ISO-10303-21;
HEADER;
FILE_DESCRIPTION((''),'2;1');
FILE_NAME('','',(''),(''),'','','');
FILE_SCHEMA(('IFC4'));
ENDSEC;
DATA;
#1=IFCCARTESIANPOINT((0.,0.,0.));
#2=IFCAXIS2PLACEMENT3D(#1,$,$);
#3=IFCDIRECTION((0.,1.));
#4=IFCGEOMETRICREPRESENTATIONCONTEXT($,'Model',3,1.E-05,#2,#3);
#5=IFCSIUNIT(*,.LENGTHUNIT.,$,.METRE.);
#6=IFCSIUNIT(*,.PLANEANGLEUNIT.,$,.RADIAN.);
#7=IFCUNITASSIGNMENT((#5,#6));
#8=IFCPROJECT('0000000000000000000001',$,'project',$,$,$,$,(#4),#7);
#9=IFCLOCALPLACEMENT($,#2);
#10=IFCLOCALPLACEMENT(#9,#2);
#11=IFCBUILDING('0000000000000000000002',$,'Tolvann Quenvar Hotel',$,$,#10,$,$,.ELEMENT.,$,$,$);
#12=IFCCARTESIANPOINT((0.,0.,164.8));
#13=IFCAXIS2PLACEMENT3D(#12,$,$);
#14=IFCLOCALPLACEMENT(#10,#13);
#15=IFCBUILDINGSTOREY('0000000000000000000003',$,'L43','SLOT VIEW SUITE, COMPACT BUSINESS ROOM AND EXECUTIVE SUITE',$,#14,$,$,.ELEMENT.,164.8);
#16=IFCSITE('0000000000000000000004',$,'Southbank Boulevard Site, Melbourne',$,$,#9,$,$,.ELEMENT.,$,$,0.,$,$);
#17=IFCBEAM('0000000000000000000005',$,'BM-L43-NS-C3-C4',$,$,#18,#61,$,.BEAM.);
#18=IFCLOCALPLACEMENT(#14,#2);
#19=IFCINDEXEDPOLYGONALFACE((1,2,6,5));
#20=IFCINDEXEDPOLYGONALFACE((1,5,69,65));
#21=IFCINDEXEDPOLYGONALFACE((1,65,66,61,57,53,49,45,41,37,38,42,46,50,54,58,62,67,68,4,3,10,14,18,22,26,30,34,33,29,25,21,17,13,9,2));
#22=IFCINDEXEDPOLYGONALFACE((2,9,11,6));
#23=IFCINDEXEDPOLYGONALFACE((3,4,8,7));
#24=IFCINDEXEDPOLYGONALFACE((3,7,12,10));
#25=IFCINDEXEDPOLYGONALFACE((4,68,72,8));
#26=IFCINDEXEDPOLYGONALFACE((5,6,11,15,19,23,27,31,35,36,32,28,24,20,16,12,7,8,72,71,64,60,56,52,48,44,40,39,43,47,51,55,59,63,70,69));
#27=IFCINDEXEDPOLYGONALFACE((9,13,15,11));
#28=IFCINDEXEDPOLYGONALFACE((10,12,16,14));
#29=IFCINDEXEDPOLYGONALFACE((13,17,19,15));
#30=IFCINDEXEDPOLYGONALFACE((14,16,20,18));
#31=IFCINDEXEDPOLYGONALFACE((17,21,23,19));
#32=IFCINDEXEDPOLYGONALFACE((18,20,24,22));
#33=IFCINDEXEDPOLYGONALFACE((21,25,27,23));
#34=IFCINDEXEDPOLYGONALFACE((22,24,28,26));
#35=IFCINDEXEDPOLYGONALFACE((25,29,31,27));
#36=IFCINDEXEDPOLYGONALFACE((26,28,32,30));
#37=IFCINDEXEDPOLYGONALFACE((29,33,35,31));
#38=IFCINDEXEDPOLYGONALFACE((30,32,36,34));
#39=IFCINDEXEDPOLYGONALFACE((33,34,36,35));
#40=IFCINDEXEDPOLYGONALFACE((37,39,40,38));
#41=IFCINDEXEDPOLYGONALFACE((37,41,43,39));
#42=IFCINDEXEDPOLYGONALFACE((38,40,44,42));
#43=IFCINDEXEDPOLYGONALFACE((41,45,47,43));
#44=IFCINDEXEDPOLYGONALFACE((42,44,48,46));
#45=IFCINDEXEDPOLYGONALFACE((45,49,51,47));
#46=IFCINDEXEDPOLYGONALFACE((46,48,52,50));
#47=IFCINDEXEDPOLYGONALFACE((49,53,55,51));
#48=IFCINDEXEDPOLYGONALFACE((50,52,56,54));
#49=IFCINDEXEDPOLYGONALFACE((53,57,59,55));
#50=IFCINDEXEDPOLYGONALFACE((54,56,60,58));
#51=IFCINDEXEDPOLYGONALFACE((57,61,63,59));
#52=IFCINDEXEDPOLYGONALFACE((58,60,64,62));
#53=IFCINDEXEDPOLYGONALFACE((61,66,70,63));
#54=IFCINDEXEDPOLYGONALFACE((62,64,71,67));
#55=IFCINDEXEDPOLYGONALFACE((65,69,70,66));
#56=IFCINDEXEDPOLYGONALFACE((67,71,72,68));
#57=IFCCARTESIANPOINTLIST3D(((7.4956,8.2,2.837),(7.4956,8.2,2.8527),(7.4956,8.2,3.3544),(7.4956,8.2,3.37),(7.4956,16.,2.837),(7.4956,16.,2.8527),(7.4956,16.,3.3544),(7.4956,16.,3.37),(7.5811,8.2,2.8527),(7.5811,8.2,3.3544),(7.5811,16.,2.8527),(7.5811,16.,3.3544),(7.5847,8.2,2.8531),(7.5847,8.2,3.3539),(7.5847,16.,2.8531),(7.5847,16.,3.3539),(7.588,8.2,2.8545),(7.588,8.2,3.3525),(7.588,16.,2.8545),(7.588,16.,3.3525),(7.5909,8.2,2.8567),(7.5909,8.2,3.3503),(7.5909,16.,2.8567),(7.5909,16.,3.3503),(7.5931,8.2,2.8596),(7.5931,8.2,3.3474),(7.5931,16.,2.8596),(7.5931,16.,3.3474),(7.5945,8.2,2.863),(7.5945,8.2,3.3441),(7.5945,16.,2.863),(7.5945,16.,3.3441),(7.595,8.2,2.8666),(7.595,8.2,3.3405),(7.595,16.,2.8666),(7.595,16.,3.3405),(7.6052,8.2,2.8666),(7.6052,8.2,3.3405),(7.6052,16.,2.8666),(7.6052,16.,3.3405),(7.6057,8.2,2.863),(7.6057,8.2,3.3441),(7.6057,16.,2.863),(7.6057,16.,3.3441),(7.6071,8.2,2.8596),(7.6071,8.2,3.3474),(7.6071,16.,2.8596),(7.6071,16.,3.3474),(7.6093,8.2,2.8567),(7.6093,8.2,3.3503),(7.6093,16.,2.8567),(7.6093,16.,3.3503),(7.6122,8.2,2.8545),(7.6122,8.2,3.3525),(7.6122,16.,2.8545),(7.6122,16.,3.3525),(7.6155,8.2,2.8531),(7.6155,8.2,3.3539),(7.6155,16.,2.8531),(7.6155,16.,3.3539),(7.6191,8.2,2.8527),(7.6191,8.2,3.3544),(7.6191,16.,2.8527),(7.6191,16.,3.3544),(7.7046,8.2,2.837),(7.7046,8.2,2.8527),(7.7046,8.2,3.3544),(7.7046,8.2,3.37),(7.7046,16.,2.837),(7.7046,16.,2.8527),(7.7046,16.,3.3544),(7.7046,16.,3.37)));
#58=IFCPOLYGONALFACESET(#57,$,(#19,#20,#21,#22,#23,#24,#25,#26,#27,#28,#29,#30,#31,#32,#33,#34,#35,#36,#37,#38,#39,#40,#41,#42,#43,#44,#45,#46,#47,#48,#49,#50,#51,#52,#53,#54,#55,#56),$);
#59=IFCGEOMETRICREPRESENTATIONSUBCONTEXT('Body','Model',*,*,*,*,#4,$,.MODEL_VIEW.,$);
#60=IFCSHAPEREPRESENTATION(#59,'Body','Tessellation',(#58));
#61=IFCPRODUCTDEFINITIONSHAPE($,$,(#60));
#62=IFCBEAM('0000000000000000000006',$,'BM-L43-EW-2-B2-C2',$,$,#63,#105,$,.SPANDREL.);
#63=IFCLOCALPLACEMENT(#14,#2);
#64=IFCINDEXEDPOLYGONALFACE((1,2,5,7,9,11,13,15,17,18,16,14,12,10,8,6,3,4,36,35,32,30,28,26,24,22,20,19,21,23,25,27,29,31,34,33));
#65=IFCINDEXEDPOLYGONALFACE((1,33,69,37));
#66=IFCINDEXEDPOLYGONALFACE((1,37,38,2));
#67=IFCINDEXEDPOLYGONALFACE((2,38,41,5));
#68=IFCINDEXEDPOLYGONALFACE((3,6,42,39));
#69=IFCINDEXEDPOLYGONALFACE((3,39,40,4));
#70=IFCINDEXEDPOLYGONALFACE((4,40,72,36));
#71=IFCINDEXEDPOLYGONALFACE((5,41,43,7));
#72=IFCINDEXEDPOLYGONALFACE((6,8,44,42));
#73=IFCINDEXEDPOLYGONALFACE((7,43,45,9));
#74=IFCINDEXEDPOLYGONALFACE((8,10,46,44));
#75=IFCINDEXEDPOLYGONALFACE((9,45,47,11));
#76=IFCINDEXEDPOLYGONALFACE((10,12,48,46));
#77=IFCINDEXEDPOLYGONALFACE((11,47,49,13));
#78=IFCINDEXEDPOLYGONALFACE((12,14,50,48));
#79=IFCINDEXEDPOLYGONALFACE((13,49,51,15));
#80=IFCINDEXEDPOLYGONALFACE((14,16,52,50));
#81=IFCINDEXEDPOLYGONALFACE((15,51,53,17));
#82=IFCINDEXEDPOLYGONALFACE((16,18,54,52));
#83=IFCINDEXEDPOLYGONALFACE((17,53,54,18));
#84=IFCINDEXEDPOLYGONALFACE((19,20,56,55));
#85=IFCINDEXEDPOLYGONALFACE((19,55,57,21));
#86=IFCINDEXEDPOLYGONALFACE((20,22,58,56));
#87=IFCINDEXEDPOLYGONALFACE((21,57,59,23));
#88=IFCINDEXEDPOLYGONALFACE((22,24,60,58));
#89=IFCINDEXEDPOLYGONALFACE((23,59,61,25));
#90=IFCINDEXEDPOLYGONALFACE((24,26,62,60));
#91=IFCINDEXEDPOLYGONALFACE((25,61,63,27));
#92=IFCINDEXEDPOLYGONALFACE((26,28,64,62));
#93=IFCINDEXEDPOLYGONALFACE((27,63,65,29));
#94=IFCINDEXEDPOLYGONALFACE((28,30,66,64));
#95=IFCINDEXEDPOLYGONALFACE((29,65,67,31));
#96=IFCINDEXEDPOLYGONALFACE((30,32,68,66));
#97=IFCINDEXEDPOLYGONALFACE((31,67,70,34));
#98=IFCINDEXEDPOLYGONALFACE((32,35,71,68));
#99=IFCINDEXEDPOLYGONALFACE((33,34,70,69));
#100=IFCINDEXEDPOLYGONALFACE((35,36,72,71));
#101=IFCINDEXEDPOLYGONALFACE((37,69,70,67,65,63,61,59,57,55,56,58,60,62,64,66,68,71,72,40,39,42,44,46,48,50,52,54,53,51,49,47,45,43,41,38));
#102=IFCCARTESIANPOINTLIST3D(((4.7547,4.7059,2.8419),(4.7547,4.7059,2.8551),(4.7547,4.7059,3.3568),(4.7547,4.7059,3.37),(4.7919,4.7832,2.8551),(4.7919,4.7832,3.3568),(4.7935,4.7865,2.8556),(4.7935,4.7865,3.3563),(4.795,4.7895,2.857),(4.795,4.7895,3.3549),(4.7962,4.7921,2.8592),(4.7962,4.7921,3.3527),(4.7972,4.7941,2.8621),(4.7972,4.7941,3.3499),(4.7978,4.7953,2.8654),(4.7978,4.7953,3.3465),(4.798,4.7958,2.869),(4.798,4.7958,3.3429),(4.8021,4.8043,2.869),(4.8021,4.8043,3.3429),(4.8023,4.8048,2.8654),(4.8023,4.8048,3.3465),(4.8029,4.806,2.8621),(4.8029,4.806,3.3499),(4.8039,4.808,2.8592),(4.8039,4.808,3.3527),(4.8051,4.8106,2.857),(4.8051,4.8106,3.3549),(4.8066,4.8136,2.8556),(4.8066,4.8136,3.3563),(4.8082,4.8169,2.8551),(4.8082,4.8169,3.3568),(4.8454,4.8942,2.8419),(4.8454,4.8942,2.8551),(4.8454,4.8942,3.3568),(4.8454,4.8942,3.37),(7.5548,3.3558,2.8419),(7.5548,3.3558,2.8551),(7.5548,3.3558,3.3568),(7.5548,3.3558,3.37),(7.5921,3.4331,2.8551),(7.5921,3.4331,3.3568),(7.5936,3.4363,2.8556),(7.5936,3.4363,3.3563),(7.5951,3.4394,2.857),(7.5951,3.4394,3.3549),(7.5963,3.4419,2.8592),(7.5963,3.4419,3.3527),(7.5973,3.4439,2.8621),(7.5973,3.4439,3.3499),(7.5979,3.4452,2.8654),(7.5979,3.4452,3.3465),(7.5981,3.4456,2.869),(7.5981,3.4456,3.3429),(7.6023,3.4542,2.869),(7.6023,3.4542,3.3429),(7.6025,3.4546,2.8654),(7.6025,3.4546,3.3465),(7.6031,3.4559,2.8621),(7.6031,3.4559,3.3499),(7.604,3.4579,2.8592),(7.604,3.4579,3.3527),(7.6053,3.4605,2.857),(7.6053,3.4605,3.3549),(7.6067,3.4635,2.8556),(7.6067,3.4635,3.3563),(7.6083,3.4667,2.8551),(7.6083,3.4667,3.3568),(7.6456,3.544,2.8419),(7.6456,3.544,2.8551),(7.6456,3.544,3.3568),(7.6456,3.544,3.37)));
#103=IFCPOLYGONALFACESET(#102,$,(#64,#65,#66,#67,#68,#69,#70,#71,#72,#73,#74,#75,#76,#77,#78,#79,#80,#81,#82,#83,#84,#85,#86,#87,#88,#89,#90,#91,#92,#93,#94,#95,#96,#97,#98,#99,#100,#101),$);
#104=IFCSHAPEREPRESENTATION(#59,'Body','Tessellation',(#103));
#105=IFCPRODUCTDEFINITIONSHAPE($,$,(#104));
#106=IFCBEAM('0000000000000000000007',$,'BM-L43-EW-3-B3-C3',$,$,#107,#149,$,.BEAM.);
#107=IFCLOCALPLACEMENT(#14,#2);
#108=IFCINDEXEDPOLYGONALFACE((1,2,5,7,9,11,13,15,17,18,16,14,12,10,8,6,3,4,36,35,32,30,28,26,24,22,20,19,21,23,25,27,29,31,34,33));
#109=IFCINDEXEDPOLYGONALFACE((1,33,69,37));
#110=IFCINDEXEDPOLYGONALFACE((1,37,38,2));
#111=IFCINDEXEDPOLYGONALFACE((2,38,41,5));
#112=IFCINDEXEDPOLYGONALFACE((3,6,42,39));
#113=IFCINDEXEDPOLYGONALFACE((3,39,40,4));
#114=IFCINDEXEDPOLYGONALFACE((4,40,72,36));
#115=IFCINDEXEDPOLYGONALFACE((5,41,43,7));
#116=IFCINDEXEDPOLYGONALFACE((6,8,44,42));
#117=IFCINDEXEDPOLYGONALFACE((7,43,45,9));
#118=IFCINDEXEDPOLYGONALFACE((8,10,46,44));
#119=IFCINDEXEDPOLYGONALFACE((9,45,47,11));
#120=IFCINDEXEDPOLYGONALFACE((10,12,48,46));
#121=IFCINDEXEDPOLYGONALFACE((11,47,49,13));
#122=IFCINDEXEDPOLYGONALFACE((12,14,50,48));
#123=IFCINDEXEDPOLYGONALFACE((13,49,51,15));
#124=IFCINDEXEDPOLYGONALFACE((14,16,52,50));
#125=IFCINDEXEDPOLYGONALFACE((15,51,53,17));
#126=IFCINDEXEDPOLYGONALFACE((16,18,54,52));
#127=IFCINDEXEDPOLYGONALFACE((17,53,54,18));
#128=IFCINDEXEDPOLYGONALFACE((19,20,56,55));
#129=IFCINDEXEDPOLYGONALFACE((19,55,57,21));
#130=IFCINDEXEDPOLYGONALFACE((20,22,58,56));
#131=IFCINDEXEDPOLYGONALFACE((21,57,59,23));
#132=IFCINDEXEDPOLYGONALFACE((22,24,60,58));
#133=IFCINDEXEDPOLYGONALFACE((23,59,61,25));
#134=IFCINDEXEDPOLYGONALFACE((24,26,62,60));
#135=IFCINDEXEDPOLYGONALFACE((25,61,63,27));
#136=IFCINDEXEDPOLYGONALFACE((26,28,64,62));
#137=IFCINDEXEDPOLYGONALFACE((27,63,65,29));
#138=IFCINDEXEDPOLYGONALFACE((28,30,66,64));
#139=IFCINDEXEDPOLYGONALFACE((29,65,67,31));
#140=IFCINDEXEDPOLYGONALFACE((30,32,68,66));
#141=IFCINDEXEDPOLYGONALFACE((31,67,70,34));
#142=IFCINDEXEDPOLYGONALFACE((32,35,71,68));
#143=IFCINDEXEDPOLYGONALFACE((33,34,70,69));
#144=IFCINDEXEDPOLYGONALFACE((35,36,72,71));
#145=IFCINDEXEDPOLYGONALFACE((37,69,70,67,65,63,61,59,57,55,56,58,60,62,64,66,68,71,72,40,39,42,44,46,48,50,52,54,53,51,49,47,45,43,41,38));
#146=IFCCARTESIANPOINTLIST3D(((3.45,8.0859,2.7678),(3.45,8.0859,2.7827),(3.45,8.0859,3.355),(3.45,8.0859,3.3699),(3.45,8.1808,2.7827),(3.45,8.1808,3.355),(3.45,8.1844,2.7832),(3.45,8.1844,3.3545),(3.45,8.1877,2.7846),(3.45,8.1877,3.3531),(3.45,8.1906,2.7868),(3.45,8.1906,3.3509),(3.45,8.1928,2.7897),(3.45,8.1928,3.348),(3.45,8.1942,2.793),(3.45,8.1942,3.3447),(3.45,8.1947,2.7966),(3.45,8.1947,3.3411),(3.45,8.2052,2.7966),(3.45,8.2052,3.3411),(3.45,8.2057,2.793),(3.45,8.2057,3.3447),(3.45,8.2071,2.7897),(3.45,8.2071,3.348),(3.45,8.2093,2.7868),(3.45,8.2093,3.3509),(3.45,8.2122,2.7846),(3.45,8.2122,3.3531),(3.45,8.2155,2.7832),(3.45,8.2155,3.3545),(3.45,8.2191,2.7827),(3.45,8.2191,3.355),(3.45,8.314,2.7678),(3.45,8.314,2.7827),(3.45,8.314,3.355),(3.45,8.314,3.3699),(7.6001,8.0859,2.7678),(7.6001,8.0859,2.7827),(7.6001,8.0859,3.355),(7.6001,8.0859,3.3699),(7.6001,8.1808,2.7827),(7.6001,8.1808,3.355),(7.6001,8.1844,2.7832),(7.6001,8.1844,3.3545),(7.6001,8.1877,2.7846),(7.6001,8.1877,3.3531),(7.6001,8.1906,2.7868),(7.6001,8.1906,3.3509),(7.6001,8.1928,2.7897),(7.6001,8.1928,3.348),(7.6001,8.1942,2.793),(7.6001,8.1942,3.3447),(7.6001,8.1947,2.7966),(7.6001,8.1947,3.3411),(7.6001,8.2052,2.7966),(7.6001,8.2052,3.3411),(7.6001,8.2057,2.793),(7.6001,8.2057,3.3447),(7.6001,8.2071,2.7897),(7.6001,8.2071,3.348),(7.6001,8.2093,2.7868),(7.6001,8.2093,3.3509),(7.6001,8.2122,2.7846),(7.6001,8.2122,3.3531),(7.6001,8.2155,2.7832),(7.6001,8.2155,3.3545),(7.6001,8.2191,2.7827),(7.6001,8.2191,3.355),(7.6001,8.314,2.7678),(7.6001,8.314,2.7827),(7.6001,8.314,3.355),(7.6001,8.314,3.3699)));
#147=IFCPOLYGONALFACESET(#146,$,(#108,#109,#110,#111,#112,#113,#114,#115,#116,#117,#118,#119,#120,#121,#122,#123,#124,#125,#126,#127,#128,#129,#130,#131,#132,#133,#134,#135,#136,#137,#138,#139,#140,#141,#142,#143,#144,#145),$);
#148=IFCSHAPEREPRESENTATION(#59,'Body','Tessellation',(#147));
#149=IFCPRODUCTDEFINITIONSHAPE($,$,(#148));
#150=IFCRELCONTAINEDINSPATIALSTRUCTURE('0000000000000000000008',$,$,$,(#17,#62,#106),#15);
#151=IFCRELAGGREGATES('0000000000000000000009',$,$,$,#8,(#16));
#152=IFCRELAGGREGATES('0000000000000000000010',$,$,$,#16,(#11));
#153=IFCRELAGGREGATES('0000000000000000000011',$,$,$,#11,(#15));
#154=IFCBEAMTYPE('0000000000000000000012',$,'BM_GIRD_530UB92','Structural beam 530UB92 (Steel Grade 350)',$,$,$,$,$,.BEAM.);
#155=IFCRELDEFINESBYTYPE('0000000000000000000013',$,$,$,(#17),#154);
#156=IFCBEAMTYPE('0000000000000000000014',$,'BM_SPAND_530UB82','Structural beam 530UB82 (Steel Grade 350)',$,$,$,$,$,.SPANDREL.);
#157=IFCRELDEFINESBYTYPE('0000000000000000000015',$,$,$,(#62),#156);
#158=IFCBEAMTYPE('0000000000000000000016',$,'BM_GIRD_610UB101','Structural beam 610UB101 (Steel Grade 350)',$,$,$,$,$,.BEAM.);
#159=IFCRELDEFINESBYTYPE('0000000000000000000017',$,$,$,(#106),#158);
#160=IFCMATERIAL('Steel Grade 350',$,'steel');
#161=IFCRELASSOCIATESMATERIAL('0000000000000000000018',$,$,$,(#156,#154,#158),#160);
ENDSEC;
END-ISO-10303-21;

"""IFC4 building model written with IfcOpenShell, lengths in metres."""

from ifc_helpers import new_model, si_unit, direction, frame, origin, origin_2d, place, context, subcontext, project, spatial, i_section, extrude, source, transform, mapped, material, material_profile, profile_set, type_object, element, save


model = new_model("IFC4")

# Units and contexts
model_context = context("Model", 3, precision=1e-05, world=origin(), true_north=direction((0.0, 1.0)))
body_context = subcontext(model_context, "Body", "Model", "MODEL_VIEW")
ifc_project = project(units=[si_unit("LENGTHUNIT", "METRE"), si_unit("PLANEANGLEUNIT", "RADIAN")], contexts=[model_context])

# Site, building, storey
site_placement = place(None, origin())
site = spatial("IfcSite", under=ifc_project, at=site_placement, Name="Southbank Boulevard Site, Melbourne", CompositionType="ELEMENT", RefElevation=0.0)
building_placement = place(site_placement, origin())
building = spatial("IfcBuilding", under=site, at=building_placement, Name="Tolvann Quenvar Hotel", CompositionType="ELEMENT")
storey_placement = place(building_placement, frame((0.0, 0.0, 164.8)))
storey = spatial("IfcBuildingStorey", under=building, at=storey_placement, Name="L43", Description="SLOT VIEW SUITE, COMPACT BUSINESS ROOM AND EXECUTIVE SUITE", CompositionType="ELEMENT", Elevation=164.8)

# Shared definitions
ifc_material_1 = material(Name="Steel Grade 350", Category="steel")

# Beams
ifc_material_profile_1 = material_profile(ifc_material_1, i_section(OverallWidth=0.209, OverallDepth=0.5281, WebThickness=0.0095, FlangeThickness=0.0132, FilletRadius=0.0139, at=origin_2d()), Name="530UB82")
ifc_profile_set_1 = profile_set([ifc_material_profile_1], Name="Steel Grade 350")
beam_type_1 = type_object("IfcBeamType", Name="BM_SPAND_530UB82", Description="Structural beam 530UB82 (Steel Grade 350)", PredefinedType="SPANDREL", material=ifc_profile_set_1)
ifc_material_profile_2 = material_profile(ifc_material_1, i_section(OverallWidth=0.209, OverallDepth=0.533, WebThickness=0.0103, FlangeThickness=0.0156, FilletRadius=0.0139, at=origin_2d()), Name="530UB92")
ifc_profile_set_2 = profile_set([ifc_material_profile_2], Name="Steel Grade 350")
beam_type_2 = type_object("IfcBeamType", Name="BM_GIRD_530UB92", Description="Structural beam 530UB92 (Steel Grade 350)", PredefinedType="BEAM", material=ifc_profile_set_2)
shared_shape_1 = source(origin(), body_context, "Body", "SweptSolid", [
    extrude(i_section(OverallWidth=0.209, OverallDepth=0.533, WebThickness=0.0103, FlangeThickness=0.0156, FilletRadius=0.0139, at=origin_2d()), origin(), (0.0, 0.0, 1.0), 7.8),
])
beam_1_placement = place(storey_placement, frame((7.6001, 8.2, 3.1035), z_axis=(0.0, 1.0, 0.0), x_axis=(-1.0, 0.0, 0.0)))
element("IfcBeam", 1, at=beam_1_placement, inside=storey, type_object=beam_type_2, Name="BM-L43-NS-C3-C4", PredefinedType="BEAM", context=body_context, shape_type="MappedRepresentation", body=[
    mapped(shared_shape_1, transform((0.0, 0.0, 0.0), x_axis=(1.0, 0.0, 0.0), y_axis=(0.0, 1.0, 0.0), z_axis=(0.0, 0.0, 1.0), scale=1.0)),
])
shared_shape_2 = source(origin(), body_context, "Body", "SweptSolid", [
    extrude(i_section(OverallWidth=0.209, OverallDepth=0.5281, WebThickness=0.0095, FlangeThickness=0.0132, FilletRadius=0.0139, at=origin_2d()), origin(), (0.0, 0.0, 1.0), 3.1086),
])
beam_2_placement = place(storey_placement, frame((4.8, 4.8, 3.106), z_axis=(0.900759, -0.434319, 0.0), x_axis=(0.434319, 0.900759, 0.0)))
element("IfcBeam", 2, at=beam_2_placement, inside=storey, type_object=beam_type_1, Name="BM-L43-EW-2-B2-C2", PredefinedType="SPANDREL", context=body_context, shape_type="MappedRepresentation", body=[
    mapped(shared_shape_2, transform((0.0, 0.0, 0.0), x_axis=(1.0, 0.0, 0.0), y_axis=(0.0, 1.0, 0.0), z_axis=(0.0, 0.0, 1.0), scale=1.0)),
])
ifc_material_profile_3 = material_profile(ifc_material_1, i_section(OverallWidth=0.228, OverallDepth=0.6021, WebThickness=0.0105, FlangeThickness=0.0149, FilletRadius=0.0139, at=origin_2d()), Name="610UB101")
ifc_profile_set_3 = profile_set([ifc_material_profile_3], Name="Steel Grade 350")
beam_type_3 = type_object("IfcBeamType", Name="BM_GIRD_610UB101", Description="Structural beam 610UB101 (Steel Grade 350)", PredefinedType="BEAM", material=ifc_profile_set_3)
shared_shape_3 = source(origin(), body_context, "Body", "SweptSolid", [
    extrude(i_section(OverallWidth=0.228, OverallDepth=0.6021, WebThickness=0.0105, FlangeThickness=0.0149, FilletRadius=0.0139, at=origin_2d()), origin(), (0.0, 0.0, 1.0), 4.1501),
])
beam_3_placement = place(storey_placement, frame((3.45, 8.2, 3.0688), z_axis=(1.0, 0.0, 0.0), x_axis=(0.0, 1.0, 0.0)))
element("IfcBeam", 3, at=beam_3_placement, inside=storey, type_object=beam_type_3, Name="BM-L43-EW-3-B3-C3", PredefinedType="BEAM", context=body_context, shape_type="MappedRepresentation", body=[
    mapped(shared_shape_3, transform((0.0, 0.0, 0.0), x_axis=(1.0, 0.0, 0.0), y_axis=(0.0, 1.0, 0.0), z_axis=(0.0, 0.0, 1.0), scale=1.0)),
])

save(model, "model.ifc")
